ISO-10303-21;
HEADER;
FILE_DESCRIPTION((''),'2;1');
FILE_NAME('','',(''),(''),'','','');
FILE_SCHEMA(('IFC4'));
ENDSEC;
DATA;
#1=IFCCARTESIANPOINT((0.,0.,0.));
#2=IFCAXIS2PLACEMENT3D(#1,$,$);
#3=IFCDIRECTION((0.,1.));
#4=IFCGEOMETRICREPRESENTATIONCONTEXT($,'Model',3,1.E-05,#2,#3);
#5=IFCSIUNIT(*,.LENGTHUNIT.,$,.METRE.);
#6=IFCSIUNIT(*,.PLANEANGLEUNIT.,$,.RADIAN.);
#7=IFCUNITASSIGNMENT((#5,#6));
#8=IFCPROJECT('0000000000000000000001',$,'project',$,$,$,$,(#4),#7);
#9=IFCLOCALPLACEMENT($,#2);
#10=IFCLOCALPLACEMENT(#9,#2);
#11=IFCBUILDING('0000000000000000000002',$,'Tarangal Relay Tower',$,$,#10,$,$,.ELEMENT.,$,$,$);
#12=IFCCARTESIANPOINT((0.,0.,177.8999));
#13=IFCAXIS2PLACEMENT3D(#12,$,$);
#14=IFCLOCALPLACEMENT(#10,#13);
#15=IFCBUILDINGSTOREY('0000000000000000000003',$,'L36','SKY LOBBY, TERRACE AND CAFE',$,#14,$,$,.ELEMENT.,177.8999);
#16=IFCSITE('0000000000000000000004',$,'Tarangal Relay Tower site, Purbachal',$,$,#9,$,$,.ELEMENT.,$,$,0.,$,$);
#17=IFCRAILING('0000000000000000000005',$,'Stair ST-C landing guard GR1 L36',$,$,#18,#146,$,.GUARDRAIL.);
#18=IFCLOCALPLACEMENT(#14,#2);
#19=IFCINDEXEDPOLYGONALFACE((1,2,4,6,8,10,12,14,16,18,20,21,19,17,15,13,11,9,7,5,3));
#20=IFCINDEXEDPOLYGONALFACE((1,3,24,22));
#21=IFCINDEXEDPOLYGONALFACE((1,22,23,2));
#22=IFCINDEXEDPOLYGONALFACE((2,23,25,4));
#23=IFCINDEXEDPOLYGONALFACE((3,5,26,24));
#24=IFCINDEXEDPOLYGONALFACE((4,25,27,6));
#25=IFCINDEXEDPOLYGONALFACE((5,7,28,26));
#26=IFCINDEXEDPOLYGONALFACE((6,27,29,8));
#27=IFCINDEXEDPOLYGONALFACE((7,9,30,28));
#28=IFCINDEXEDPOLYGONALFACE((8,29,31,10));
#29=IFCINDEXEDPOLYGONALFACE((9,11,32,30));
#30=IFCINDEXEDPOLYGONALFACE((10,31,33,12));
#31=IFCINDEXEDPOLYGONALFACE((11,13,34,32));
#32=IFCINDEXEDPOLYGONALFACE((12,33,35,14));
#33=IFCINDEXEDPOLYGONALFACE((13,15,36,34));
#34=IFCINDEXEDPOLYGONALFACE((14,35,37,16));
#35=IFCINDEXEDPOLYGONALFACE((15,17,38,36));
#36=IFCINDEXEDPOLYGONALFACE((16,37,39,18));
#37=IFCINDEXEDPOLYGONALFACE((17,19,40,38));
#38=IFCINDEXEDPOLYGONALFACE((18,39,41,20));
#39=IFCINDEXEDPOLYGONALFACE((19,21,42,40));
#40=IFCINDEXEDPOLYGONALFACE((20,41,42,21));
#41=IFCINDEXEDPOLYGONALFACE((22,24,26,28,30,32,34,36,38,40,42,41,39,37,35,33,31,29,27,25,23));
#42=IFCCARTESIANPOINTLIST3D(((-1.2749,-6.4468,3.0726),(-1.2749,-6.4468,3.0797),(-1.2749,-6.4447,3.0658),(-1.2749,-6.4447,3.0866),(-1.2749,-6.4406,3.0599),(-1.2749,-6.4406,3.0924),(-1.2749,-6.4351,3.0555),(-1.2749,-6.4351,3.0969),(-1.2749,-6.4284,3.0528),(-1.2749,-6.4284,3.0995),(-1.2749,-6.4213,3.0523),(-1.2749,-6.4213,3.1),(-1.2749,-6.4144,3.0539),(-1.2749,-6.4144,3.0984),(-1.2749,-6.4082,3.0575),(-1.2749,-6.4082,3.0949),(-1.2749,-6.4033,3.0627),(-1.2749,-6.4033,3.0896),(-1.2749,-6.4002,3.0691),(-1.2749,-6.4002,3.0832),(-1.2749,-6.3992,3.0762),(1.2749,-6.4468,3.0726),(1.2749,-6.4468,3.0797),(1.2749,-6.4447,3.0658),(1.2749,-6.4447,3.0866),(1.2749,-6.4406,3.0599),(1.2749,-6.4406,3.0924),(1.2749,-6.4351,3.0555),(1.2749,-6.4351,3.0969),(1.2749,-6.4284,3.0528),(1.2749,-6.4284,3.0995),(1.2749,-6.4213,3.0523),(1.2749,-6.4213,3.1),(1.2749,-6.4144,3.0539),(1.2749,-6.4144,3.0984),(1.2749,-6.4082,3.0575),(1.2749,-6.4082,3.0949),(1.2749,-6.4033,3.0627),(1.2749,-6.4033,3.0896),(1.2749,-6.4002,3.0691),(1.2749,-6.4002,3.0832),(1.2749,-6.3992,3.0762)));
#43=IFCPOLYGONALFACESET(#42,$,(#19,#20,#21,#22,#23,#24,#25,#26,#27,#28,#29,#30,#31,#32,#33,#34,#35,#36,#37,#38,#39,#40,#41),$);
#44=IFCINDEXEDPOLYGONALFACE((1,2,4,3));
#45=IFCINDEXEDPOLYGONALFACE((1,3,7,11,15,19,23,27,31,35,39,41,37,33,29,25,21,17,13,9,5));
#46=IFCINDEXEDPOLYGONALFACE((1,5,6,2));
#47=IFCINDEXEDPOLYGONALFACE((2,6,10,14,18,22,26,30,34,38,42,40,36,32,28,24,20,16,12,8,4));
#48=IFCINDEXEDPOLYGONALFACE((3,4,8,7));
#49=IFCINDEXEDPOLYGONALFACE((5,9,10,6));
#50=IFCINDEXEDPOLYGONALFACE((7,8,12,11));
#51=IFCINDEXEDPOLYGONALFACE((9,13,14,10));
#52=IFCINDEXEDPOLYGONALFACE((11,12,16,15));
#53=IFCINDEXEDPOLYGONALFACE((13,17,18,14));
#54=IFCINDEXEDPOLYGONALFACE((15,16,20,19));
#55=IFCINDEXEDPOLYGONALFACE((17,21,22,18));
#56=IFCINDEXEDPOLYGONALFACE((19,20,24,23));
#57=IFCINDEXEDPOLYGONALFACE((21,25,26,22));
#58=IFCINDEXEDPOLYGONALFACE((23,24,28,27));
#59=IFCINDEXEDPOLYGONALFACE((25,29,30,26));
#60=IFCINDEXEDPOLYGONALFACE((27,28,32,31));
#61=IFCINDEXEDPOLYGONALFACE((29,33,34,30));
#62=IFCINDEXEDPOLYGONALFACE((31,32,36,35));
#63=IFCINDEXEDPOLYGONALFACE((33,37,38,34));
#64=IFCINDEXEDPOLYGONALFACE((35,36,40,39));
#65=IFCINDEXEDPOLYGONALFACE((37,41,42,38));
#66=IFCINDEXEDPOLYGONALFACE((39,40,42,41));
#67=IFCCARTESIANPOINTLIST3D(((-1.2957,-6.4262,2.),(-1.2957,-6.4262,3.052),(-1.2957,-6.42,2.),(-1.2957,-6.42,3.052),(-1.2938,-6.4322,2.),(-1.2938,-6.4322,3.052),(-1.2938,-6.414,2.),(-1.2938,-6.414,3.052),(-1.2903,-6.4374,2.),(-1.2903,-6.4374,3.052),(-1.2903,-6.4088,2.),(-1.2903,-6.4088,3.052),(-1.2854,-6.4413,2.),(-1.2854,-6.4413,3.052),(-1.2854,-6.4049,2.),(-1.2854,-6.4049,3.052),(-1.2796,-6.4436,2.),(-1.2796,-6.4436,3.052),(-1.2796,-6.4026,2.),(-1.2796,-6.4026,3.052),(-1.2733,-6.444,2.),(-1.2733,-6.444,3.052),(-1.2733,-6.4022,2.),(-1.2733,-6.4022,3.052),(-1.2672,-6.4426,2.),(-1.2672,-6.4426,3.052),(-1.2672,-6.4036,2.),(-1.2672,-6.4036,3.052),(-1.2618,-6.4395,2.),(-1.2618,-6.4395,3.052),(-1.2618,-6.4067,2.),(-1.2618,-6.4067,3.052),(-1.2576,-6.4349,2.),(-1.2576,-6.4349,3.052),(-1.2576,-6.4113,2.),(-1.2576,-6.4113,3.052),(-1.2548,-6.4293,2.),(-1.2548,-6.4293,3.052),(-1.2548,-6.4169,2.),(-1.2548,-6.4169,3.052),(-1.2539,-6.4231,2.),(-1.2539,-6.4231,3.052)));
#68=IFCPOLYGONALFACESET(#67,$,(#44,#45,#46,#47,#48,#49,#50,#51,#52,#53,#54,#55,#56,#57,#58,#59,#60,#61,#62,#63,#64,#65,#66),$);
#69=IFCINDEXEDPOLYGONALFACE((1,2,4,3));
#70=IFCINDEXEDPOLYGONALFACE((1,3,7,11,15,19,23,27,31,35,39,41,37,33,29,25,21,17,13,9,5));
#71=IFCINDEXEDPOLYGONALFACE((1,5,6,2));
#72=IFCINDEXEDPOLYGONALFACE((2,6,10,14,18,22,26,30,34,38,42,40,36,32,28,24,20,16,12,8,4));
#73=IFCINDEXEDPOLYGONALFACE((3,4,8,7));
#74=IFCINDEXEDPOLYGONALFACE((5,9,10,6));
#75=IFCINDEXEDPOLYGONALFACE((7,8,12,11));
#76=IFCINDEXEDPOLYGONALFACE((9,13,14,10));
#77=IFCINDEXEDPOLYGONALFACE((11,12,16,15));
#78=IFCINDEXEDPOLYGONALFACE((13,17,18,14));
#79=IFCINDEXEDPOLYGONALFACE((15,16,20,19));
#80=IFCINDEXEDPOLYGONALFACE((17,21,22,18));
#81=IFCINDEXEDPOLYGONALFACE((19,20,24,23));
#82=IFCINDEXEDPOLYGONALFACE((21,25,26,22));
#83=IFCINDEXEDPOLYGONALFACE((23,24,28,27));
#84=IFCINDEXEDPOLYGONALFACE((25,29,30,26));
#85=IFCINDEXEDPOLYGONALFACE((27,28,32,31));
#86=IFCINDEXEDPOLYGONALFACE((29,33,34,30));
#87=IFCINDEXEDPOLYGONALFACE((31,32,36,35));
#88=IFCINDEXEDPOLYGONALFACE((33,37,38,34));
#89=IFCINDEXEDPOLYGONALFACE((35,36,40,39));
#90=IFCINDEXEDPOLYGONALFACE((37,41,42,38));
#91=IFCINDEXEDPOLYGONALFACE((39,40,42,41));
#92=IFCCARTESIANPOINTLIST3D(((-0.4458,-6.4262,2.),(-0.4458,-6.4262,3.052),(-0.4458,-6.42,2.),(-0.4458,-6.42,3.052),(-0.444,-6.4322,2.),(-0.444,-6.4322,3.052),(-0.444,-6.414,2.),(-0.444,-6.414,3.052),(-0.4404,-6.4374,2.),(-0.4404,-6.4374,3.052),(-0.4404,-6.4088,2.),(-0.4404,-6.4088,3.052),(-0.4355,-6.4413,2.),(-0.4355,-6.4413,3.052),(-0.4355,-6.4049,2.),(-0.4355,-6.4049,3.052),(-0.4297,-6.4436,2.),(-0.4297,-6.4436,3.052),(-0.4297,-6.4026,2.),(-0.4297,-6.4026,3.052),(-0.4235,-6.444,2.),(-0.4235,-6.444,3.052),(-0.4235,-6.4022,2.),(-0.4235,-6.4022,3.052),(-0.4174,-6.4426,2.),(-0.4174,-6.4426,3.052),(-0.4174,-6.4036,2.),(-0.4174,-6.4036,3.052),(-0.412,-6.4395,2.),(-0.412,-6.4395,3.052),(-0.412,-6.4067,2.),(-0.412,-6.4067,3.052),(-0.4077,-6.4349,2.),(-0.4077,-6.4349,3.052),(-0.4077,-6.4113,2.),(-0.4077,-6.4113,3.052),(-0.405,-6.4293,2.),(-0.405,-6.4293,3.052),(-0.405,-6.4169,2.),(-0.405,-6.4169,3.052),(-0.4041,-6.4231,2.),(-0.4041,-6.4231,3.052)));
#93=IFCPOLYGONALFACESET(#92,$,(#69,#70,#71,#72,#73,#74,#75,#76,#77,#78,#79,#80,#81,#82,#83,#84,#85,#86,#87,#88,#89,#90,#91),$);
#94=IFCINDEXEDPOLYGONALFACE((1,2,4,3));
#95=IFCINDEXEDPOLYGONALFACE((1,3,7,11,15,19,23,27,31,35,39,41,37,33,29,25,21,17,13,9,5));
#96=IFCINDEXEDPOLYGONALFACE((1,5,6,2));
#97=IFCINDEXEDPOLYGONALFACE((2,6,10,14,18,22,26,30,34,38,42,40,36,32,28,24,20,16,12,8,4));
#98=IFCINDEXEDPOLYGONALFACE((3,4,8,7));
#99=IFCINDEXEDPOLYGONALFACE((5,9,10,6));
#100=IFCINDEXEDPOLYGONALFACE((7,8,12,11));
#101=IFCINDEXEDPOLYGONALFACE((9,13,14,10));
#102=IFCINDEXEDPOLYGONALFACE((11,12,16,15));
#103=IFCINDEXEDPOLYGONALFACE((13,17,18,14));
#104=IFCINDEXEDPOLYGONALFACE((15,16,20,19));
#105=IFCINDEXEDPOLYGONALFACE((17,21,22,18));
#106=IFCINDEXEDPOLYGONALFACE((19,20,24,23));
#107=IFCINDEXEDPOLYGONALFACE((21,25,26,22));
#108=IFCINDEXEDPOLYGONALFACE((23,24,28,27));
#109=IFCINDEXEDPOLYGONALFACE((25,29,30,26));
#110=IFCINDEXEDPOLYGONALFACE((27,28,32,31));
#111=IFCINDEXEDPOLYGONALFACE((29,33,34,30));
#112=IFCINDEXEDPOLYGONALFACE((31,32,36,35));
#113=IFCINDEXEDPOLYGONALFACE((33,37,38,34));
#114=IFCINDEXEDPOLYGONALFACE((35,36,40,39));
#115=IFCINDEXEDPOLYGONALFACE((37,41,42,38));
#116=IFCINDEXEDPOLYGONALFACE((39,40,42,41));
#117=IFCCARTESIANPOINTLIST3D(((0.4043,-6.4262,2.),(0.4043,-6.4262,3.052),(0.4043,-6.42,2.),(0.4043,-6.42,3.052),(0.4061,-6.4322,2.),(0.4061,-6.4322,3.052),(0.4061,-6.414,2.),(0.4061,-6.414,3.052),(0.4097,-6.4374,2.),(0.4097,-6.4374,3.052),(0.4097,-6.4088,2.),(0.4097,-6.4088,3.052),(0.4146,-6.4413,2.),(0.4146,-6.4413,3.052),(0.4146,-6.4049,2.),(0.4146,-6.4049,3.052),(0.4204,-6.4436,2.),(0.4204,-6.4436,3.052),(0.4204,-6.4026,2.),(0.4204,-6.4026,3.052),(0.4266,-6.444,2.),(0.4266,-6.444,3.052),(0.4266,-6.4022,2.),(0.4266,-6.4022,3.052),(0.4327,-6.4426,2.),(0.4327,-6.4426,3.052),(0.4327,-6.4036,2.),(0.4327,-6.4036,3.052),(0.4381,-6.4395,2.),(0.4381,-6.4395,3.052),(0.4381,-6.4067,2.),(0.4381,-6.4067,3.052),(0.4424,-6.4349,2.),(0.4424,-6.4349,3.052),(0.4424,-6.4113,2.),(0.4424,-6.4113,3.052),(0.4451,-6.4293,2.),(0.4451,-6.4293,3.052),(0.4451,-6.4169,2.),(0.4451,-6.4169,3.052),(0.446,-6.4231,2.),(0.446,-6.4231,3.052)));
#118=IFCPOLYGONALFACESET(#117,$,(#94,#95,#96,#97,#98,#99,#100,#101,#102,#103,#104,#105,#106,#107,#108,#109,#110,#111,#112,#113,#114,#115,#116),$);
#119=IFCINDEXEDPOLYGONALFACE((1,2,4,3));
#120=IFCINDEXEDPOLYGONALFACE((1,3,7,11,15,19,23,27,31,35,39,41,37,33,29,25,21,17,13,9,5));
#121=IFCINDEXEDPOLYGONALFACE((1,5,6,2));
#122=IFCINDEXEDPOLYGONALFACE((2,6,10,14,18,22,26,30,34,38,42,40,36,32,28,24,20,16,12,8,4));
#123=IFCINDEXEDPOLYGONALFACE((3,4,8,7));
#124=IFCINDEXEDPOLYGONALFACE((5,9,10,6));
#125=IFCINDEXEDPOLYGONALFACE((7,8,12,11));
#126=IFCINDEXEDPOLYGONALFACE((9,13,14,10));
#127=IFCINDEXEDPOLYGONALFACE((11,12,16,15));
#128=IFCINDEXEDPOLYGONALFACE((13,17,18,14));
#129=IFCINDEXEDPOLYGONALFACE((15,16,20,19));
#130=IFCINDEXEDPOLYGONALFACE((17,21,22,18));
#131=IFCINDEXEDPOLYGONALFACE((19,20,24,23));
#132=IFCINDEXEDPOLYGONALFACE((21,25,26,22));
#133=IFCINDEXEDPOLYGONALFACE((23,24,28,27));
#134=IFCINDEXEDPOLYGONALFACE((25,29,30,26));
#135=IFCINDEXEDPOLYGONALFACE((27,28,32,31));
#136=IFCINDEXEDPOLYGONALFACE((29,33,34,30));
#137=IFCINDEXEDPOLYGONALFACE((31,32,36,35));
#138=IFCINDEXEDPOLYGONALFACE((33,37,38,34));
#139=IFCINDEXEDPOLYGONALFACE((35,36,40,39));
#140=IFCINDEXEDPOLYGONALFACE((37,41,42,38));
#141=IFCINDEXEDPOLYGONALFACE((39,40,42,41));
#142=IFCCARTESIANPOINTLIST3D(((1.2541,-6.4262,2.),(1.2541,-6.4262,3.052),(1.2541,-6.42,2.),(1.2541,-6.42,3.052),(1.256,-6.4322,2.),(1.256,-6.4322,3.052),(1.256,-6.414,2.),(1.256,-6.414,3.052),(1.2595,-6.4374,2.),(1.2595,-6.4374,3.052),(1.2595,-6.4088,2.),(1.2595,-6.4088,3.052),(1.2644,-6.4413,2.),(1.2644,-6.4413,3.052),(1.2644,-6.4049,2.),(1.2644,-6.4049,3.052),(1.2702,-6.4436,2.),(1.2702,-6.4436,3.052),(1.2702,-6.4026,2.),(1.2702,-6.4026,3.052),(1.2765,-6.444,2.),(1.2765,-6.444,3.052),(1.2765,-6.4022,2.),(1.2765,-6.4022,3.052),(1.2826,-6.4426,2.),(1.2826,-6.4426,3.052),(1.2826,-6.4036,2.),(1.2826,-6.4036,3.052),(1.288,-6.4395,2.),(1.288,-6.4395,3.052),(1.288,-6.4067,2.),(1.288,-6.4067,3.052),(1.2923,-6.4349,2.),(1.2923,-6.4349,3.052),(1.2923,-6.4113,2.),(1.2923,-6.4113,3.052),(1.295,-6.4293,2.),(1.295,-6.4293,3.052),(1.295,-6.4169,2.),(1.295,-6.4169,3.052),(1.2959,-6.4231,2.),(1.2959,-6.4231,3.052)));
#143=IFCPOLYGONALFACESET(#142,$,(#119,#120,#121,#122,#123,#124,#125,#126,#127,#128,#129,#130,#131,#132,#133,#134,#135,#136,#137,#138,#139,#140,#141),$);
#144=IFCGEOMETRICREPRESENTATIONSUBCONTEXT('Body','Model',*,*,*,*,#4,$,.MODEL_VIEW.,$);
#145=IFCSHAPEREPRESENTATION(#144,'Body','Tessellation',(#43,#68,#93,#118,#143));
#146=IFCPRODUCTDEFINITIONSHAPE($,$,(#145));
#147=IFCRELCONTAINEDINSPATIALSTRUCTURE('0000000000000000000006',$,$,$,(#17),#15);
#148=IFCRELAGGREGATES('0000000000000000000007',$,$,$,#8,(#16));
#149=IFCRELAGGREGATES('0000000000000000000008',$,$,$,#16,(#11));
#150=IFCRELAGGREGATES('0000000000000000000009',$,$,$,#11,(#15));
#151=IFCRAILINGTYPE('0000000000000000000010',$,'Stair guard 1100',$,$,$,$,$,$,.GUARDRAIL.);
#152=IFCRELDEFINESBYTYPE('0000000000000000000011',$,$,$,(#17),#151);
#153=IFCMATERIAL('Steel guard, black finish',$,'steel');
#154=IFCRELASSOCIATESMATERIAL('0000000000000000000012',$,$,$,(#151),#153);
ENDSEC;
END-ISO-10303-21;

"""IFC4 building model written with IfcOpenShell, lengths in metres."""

from ifc_helpers import new_model, si_unit, direction, frame, origin, origin_2d, place, context, subcontext, project, spatial, circle, extrude, material, type_object, element, save


model = new_model("IFC4")

# Units and contexts
model_context = context("Model", 3, precision=1e-05, world=origin(), true_north=direction((0.0, 1.0)))
body_context = subcontext(model_context, "Body", "Model", "MODEL_VIEW")
ifc_project = project(units=[si_unit("LENGTHUNIT", "METRE"), si_unit("PLANEANGLEUNIT", "RADIAN")], contexts=[model_context])

# Site, building, storey
site_placement = place(None, origin())
site = spatial("IfcSite", under=ifc_project, at=site_placement, Name="Tarangal Relay Tower site, Purbachal", CompositionType="ELEMENT", RefElevation=0.0)
building_placement = place(site_placement, origin())
building = spatial("IfcBuilding", under=site, at=building_placement, Name="Tarangal Relay Tower", CompositionType="ELEMENT")
storey_placement = place(building_placement, frame((0.0, 0.0, 177.8999)))
storey = spatial("IfcBuildingStorey", under=building, at=storey_placement, Name="L36", Description="SKY LOBBY, TERRACE AND CAFE", CompositionType="ELEMENT", Elevation=177.8999)

# Railing
ifc_material_1 = material(Name="Steel guard, black finish", Category="steel")
railing_type = type_object("IfcRailingType", Name="Stair guard 1100", PredefinedType="GUARDRAIL", material=ifc_material_1)
railing_1_placement = place(storey_placement, frame((-1.2749, -6.4231, 2.0)))
element("IfcRailing", 1, at=railing_1_placement, inside=storey, type_object=railing_type, Name="Stair ST-C landing guard GR1 L36", PredefinedType="GUARDRAIL", context=body_context, shape_type="SweptSolid", body=[
    extrude(circle(Radius=0.0239, at=origin_2d()), frame((0.0, 0.0, 1.0762), z_axis=(1.0, 0.0, 0.0), x_axis=(0.0, 1.0, 0.0)), (0.0, 0.0, 1.0), 2.5498),
    extrude(circle(Radius=0.021, at=origin_2d()), origin(), (0.0, 0.0, 1.0), 1.052),
    extrude(circle(Radius=0.021, at=origin_2d()), frame((0.8499, 0.0, 0.0)), (0.0, 0.0, 1.0), 1.052),
    extrude(circle(Radius=0.021, at=origin_2d()), frame((1.7, 0.0, 0.0)), (0.0, 0.0, 1.0), 1.052),
    extrude(circle(Radius=0.021, at=origin_2d()), frame((2.5498, 0.0, 0.0)), (0.0, 0.0, 1.0), 1.052),
])

save(model, "model.ifc")
